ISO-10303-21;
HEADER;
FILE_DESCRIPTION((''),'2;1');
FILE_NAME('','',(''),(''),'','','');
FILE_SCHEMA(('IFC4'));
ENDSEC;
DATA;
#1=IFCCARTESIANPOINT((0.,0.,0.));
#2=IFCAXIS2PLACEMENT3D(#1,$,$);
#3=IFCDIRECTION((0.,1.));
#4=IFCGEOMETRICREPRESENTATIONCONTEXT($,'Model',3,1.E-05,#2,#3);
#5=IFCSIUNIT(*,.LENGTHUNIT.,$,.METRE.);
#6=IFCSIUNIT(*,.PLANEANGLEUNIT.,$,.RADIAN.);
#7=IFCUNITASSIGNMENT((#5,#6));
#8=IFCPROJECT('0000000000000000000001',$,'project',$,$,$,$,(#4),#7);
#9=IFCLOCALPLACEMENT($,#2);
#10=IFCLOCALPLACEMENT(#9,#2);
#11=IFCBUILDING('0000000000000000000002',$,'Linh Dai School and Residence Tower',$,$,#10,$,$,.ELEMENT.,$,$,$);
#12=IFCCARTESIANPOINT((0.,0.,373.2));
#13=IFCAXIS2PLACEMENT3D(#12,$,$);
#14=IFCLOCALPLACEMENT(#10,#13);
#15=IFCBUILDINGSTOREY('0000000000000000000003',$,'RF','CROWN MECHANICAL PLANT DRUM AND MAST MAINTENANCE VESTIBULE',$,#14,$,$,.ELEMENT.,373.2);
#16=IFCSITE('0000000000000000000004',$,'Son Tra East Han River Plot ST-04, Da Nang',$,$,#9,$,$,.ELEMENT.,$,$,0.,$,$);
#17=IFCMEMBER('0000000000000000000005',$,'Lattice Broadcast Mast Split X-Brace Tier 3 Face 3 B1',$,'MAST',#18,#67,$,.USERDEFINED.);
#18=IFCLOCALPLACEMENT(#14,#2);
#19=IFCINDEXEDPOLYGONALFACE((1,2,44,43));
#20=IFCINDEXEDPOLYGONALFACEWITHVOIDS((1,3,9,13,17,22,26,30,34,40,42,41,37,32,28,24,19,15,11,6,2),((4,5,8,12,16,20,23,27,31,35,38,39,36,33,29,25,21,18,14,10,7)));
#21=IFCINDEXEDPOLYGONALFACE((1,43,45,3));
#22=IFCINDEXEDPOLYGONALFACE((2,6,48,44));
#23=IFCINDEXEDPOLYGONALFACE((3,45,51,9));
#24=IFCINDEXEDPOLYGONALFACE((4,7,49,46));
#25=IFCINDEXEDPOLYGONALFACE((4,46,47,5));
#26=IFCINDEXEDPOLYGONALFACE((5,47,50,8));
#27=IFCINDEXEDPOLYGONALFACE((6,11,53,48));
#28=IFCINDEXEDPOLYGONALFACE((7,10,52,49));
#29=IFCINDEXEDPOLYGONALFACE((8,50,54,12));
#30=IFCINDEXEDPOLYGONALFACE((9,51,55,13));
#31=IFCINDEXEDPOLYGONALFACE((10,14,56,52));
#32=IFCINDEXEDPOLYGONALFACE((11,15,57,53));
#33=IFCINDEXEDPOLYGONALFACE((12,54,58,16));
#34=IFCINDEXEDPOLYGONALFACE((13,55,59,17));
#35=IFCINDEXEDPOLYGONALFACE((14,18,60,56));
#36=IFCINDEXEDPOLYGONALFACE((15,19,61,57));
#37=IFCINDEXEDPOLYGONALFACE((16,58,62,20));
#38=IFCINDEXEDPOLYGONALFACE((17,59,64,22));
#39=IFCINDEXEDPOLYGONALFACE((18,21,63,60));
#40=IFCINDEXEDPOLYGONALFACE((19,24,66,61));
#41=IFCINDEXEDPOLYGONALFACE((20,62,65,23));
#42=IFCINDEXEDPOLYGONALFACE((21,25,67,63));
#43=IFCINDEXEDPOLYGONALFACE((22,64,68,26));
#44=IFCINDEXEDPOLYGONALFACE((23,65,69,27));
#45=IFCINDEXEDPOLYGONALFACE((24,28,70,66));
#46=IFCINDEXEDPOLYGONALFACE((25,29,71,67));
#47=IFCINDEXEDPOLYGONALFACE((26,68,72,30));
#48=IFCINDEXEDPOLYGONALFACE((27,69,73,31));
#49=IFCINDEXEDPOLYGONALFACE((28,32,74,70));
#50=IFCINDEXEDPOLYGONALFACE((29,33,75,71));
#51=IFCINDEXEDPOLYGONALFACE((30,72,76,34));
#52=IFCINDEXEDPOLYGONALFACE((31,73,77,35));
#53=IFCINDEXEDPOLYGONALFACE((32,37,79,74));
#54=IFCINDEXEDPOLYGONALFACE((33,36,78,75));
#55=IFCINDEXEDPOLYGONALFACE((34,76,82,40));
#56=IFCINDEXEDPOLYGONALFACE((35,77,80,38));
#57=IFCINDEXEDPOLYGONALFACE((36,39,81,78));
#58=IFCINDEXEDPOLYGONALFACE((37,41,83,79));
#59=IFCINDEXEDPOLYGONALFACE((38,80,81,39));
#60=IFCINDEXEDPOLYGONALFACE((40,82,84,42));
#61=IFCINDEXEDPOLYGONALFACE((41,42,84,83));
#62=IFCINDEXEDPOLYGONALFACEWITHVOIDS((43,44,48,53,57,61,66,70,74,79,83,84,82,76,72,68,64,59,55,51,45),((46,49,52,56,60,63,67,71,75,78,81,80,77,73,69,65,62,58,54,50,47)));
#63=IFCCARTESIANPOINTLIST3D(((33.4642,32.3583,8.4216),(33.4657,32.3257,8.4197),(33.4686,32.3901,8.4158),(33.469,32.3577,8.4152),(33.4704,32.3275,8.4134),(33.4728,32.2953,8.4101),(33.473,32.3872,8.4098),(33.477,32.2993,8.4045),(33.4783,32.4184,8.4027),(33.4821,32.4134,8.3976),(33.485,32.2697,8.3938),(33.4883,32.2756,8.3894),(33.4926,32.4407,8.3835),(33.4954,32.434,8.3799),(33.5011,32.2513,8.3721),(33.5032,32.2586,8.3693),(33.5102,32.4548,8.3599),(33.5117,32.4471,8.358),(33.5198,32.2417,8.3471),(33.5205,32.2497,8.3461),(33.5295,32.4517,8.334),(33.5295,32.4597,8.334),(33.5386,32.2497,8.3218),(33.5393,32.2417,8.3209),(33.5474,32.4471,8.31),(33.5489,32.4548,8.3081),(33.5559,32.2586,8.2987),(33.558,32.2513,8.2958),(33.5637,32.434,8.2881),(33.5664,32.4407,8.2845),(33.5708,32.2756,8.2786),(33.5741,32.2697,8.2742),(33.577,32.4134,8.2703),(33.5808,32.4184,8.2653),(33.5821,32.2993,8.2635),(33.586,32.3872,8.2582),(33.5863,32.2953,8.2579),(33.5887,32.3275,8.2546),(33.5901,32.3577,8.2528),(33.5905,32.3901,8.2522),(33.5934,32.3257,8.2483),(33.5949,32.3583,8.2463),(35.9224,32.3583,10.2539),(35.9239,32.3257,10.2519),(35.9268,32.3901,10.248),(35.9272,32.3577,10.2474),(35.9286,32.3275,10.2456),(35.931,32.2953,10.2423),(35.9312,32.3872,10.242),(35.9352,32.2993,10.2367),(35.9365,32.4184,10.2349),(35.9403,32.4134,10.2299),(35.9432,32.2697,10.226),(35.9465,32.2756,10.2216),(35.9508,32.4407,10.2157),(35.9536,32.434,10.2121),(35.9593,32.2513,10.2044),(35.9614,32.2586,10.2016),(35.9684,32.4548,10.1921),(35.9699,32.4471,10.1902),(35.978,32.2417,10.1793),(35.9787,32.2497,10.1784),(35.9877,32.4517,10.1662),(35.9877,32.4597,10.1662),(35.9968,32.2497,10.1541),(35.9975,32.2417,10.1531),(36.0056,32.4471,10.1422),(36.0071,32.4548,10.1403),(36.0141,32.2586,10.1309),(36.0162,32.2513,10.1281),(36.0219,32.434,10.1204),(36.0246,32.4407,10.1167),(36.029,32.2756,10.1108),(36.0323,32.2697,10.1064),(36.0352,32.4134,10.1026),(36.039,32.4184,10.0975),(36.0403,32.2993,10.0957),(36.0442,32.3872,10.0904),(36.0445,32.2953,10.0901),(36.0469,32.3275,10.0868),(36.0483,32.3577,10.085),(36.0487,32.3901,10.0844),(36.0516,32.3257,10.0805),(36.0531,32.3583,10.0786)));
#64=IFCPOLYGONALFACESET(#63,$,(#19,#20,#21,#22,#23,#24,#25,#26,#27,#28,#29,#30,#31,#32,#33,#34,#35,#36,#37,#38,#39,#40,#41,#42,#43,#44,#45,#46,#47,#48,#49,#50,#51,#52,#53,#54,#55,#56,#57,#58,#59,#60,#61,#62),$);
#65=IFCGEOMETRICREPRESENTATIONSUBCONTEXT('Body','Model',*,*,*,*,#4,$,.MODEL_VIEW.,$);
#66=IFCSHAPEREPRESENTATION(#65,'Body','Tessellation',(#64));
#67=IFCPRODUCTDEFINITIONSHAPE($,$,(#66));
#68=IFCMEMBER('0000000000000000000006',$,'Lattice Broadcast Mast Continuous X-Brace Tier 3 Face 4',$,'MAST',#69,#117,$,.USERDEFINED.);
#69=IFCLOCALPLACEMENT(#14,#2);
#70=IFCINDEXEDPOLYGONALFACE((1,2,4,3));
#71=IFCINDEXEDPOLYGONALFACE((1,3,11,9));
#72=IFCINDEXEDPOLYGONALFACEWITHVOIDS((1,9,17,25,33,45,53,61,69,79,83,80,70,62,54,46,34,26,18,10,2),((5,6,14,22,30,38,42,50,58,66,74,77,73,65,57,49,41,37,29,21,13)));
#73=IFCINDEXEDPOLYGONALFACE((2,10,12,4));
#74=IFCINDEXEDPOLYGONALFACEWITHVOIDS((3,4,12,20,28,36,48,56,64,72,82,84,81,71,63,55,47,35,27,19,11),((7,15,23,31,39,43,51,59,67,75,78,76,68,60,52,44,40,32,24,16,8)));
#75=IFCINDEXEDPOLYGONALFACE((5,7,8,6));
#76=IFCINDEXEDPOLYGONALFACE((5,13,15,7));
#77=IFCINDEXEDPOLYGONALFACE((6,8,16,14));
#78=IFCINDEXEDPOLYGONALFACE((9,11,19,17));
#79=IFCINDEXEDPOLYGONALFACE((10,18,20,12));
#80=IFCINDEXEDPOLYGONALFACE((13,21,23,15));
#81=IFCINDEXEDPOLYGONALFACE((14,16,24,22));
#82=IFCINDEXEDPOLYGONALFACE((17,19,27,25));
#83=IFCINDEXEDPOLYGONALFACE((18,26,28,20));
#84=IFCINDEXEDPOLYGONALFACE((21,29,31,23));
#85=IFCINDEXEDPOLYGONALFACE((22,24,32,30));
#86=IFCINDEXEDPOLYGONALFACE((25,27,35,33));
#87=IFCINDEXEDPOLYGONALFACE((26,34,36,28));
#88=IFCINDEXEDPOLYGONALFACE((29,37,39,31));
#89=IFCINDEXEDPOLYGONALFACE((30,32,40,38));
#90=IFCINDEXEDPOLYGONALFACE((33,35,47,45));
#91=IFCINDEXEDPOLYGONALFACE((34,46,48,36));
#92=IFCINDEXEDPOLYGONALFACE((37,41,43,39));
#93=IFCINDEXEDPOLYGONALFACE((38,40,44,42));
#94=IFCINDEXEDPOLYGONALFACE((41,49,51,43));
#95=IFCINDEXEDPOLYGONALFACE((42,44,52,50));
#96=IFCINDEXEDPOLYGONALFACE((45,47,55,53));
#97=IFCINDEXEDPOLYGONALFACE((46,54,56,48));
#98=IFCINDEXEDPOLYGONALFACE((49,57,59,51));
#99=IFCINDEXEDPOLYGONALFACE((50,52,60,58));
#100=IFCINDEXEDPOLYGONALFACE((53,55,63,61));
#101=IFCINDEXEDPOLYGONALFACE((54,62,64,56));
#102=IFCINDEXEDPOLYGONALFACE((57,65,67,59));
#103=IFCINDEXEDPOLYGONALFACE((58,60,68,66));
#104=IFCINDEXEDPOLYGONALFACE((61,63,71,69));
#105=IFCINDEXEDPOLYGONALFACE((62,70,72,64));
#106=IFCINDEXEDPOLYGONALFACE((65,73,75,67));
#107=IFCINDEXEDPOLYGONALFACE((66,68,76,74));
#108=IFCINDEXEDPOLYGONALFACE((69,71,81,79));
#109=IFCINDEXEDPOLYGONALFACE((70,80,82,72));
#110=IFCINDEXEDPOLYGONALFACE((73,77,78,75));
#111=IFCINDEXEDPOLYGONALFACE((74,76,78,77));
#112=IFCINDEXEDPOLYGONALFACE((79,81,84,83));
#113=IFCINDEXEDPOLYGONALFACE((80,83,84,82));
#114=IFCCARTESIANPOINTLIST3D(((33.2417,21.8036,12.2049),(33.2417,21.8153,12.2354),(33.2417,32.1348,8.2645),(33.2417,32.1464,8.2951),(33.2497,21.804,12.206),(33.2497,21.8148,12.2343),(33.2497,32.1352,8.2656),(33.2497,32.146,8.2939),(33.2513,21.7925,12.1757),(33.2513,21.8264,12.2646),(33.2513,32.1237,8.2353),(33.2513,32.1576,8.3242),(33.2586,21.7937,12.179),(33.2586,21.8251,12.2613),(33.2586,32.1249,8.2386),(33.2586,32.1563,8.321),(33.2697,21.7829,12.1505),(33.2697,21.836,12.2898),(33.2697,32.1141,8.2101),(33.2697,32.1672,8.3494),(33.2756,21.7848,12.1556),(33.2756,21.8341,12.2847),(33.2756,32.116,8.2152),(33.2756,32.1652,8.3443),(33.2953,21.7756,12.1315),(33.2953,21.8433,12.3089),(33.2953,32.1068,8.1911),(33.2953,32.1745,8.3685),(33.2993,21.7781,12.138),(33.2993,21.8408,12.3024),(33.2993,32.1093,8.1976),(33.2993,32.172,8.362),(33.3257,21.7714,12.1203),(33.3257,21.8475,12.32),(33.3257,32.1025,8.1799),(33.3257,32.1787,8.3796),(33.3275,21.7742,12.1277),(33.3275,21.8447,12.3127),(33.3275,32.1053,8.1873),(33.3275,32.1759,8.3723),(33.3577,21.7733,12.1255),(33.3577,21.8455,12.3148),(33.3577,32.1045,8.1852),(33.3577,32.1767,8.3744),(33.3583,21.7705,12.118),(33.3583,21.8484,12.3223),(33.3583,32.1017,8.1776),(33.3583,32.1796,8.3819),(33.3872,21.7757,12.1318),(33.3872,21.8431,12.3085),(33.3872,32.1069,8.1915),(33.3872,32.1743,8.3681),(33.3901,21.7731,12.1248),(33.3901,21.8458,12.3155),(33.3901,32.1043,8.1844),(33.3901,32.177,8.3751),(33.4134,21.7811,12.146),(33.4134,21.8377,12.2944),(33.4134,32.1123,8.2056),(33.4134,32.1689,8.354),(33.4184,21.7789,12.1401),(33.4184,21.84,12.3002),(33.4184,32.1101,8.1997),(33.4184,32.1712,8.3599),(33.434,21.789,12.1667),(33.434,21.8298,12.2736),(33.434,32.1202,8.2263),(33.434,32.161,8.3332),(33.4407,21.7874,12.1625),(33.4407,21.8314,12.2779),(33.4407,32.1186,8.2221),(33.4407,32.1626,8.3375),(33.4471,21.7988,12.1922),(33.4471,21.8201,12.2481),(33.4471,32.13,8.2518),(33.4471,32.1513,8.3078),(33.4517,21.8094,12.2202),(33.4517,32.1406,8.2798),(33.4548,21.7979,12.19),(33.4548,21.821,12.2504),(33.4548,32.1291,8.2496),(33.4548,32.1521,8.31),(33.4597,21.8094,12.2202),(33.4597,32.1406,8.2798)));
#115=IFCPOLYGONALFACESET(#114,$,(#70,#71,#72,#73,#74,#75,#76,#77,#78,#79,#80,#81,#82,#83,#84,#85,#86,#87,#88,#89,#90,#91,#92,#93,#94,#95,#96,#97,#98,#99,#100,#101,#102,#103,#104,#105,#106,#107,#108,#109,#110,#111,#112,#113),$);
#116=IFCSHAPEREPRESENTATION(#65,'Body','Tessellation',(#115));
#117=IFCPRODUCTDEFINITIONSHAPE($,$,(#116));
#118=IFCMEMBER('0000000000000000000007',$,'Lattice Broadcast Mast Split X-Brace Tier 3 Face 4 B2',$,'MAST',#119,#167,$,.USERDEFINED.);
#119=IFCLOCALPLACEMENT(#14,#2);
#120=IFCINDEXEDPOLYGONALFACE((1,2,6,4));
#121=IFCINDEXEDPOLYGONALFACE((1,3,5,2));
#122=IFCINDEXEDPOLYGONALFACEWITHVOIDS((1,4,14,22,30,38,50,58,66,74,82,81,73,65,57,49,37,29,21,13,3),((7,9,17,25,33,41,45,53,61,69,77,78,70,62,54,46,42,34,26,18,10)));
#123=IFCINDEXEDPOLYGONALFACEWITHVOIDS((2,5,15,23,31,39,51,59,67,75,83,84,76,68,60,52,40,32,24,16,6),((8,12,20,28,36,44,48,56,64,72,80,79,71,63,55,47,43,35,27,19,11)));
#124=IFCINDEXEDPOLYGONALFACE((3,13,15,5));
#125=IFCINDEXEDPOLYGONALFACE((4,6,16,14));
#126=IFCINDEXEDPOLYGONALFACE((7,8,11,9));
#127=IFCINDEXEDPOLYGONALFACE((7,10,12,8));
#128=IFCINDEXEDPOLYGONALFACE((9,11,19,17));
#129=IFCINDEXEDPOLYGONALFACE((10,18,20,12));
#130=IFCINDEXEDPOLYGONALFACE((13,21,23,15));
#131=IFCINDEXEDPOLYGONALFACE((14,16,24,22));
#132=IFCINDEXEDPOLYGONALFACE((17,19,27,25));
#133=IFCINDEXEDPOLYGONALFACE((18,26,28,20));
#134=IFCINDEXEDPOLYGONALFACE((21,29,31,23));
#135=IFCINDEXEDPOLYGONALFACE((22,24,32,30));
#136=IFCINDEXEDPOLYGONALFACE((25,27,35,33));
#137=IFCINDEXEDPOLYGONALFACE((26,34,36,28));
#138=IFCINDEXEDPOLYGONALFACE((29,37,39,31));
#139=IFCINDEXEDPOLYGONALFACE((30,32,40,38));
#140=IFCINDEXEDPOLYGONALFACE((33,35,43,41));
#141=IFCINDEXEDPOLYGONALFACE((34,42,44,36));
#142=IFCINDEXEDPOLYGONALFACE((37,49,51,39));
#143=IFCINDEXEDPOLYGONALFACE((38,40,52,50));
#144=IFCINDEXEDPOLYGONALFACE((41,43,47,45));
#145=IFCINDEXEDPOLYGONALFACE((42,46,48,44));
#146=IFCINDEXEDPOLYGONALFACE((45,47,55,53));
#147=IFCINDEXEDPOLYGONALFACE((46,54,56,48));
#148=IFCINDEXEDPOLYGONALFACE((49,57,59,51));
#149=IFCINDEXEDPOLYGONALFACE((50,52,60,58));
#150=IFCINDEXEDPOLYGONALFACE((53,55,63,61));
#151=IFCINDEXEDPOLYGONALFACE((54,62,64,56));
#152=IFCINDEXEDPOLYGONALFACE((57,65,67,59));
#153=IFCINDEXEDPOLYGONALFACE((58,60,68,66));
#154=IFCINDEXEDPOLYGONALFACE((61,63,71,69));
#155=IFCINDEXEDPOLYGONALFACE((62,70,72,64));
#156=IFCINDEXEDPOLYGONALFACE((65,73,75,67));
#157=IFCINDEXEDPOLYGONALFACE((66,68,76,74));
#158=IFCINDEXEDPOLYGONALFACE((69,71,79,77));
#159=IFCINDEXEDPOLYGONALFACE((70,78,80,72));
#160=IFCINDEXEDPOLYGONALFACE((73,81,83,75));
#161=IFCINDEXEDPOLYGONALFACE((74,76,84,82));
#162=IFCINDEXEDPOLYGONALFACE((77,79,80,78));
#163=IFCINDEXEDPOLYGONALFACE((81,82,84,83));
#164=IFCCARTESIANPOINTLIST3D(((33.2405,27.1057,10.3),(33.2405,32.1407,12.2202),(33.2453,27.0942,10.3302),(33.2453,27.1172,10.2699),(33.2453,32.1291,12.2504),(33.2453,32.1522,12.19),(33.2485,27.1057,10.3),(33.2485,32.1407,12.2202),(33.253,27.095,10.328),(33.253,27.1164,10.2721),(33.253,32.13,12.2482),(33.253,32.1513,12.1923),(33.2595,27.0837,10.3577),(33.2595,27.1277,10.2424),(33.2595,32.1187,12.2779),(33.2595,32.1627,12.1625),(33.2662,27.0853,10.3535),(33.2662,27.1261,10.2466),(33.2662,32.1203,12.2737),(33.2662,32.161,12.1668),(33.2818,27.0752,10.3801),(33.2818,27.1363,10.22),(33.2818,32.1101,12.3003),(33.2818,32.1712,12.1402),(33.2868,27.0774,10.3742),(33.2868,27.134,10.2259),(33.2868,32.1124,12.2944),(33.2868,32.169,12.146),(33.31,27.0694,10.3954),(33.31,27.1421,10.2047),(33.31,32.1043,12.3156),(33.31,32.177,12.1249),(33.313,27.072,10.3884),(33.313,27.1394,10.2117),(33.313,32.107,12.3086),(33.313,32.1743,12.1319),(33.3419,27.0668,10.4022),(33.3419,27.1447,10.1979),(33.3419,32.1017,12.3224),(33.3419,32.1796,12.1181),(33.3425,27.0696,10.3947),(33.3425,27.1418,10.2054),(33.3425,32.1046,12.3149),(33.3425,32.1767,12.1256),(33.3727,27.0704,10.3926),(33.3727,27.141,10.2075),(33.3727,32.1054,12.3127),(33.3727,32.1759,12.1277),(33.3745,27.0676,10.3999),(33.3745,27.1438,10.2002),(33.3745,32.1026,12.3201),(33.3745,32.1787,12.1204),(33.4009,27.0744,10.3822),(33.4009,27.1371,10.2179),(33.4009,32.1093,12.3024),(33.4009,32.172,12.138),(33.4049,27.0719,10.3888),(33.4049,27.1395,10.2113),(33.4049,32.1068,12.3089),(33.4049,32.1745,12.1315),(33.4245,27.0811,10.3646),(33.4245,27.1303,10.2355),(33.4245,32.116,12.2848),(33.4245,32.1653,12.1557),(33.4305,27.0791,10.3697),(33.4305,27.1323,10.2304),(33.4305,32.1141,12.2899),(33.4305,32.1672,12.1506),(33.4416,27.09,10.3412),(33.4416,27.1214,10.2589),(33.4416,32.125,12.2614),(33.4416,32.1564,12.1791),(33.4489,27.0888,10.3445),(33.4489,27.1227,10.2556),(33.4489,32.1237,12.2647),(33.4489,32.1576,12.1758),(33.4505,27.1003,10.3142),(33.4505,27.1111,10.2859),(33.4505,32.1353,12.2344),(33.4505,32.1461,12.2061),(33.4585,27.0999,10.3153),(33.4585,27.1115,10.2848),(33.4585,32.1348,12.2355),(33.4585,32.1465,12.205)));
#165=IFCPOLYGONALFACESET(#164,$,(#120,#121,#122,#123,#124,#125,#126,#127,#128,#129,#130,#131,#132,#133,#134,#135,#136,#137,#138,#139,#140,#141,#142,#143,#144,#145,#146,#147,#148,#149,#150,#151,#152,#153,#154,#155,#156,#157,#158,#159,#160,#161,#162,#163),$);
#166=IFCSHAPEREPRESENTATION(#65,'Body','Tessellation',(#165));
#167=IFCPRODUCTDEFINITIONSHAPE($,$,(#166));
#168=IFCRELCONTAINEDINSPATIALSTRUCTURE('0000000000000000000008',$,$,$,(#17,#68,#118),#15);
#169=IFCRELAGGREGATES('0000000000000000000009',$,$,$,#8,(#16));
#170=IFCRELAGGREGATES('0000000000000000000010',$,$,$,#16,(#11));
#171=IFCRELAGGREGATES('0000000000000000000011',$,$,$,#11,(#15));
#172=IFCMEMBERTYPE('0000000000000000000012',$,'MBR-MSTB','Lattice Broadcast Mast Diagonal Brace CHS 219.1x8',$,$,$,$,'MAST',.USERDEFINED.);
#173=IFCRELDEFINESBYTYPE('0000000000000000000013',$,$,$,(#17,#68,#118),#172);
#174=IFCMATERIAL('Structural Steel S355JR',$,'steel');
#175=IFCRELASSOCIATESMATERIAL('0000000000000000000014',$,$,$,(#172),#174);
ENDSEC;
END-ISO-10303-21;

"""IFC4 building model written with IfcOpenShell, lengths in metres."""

from ifc_helpers import new_model, si_unit, direction, frame, origin, origin_2d, place, context, subcontext, project, spatial, hollow_circle, extrude, material, material_profile, profile_set, type_object, element, save


model = new_model("IFC4")

# Units and contexts
model_context = context("Model", 3, precision=1e-05, world=origin(), true_north=direction((0.0, 1.0)))
body_context = subcontext(model_context, "Body", "Model", "MODEL_VIEW")
ifc_project = project(units=[si_unit("LENGTHUNIT", "METRE"), si_unit("PLANEANGLEUNIT", "RADIAN")], contexts=[model_context])

# Site, building, storey
site_placement = place(None, origin())
site = spatial("IfcSite", under=ifc_project, at=site_placement, Name="Son Tra East Han River Plot ST-04, Da Nang", CompositionType="ELEMENT", RefElevation=0.0)
building_placement = place(site_placement, origin())
building = spatial("IfcBuilding", under=site, at=building_placement, Name="Linh Dai School and Residence Tower", CompositionType="ELEMENT")
storey_placement = place(building_placement, frame((0.0, 0.0, 373.2)))
storey = spatial("IfcBuildingStorey", under=building, at=storey_placement, Name="RF", Description="CROWN MECHANICAL PLANT DRUM AND MAST MAINTENANCE VESTIBULE", CompositionType="ELEMENT", Elevation=373.2)

# Shared definitions
ifc_material = material(Name="Structural Steel S355JR", Category="steel")

# Members
ifc_material_profile_1 = material_profile(ifc_material, hollow_circle(Radius=0.1096, WallThickness=0.0081, at=origin_2d()), Name="CHS 219.1x8")
ifc_profile_set_1 = profile_set([ifc_material_profile_1], Name="Structural Steel S355JR")
member_type = type_object("IfcMemberType", Name="MBR-MSTB", Description="Lattice Broadcast Mast Diagonal Brace CHS 219.1x8", ElementType="MAST", PredefinedType="USERDEFINED", material=ifc_profile_set_1)
member_1_placement = place(storey_placement, frame((33.5295, 32.3501, 8.334), z_axis=(0.801783, 0.0, 0.597615), x_axis=(0.0, 1.0, 0.0)))
element("IfcMember", 1, at=member_1_placement, inside=storey, type_object=member_type, Name="Lattice Broadcast Mast Split X-Brace Tier 3 Face 3 B1", ObjectType="MAST", PredefinedType="USERDEFINED", context=body_context, shape_type="SweptSolid", body=[
    extrude(hollow_circle(Radius=0.1096, WallThickness=0.0081, at=origin_2d()), origin(), (0.0, 0.0, 1.0), 3.0659),
])
member_2_placement = place(storey_placement, frame((33.3501, 32.1406, 8.2798), z_axis=(0.0, -0.934346, 0.356366), x_axis=(1.0, 0.0, 0.0)))
element("IfcMember", 2, at=member_2_placement, inside=storey, type_object=member_type, Name="Lattice Broadcast Mast Continuous X-Brace Tier 3 Face 4", ObjectType="MAST", PredefinedType="USERDEFINED", context=body_context, shape_type="SweptSolid", body=[
    extrude(hollow_circle(Radius=0.1096, WallThickness=0.0081, at=origin_2d()), origin(), (0.0, 0.0, 1.0), 11.0571),
])
member_3_placement = place(storey_placement, frame((33.3501, 27.1057, 10.3), z_axis=(0.0, 0.934358, 0.356336), x_axis=(-1.0, 0.0, 0.0)))
element("IfcMember", 3, at=member_3_placement, inside=storey, type_object=member_type, Name="Lattice Broadcast Mast Split X-Brace Tier 3 Face 4 B2", ObjectType="MAST", PredefinedType="USERDEFINED", context=body_context, shape_type="SweptSolid", body=[
    extrude(hollow_circle(Radius=0.1096, WallThickness=0.0081, at=origin_2d()), origin(), (0.0, 0.0, 1.0), 5.3887),
])

save(model, "model.ifc")
